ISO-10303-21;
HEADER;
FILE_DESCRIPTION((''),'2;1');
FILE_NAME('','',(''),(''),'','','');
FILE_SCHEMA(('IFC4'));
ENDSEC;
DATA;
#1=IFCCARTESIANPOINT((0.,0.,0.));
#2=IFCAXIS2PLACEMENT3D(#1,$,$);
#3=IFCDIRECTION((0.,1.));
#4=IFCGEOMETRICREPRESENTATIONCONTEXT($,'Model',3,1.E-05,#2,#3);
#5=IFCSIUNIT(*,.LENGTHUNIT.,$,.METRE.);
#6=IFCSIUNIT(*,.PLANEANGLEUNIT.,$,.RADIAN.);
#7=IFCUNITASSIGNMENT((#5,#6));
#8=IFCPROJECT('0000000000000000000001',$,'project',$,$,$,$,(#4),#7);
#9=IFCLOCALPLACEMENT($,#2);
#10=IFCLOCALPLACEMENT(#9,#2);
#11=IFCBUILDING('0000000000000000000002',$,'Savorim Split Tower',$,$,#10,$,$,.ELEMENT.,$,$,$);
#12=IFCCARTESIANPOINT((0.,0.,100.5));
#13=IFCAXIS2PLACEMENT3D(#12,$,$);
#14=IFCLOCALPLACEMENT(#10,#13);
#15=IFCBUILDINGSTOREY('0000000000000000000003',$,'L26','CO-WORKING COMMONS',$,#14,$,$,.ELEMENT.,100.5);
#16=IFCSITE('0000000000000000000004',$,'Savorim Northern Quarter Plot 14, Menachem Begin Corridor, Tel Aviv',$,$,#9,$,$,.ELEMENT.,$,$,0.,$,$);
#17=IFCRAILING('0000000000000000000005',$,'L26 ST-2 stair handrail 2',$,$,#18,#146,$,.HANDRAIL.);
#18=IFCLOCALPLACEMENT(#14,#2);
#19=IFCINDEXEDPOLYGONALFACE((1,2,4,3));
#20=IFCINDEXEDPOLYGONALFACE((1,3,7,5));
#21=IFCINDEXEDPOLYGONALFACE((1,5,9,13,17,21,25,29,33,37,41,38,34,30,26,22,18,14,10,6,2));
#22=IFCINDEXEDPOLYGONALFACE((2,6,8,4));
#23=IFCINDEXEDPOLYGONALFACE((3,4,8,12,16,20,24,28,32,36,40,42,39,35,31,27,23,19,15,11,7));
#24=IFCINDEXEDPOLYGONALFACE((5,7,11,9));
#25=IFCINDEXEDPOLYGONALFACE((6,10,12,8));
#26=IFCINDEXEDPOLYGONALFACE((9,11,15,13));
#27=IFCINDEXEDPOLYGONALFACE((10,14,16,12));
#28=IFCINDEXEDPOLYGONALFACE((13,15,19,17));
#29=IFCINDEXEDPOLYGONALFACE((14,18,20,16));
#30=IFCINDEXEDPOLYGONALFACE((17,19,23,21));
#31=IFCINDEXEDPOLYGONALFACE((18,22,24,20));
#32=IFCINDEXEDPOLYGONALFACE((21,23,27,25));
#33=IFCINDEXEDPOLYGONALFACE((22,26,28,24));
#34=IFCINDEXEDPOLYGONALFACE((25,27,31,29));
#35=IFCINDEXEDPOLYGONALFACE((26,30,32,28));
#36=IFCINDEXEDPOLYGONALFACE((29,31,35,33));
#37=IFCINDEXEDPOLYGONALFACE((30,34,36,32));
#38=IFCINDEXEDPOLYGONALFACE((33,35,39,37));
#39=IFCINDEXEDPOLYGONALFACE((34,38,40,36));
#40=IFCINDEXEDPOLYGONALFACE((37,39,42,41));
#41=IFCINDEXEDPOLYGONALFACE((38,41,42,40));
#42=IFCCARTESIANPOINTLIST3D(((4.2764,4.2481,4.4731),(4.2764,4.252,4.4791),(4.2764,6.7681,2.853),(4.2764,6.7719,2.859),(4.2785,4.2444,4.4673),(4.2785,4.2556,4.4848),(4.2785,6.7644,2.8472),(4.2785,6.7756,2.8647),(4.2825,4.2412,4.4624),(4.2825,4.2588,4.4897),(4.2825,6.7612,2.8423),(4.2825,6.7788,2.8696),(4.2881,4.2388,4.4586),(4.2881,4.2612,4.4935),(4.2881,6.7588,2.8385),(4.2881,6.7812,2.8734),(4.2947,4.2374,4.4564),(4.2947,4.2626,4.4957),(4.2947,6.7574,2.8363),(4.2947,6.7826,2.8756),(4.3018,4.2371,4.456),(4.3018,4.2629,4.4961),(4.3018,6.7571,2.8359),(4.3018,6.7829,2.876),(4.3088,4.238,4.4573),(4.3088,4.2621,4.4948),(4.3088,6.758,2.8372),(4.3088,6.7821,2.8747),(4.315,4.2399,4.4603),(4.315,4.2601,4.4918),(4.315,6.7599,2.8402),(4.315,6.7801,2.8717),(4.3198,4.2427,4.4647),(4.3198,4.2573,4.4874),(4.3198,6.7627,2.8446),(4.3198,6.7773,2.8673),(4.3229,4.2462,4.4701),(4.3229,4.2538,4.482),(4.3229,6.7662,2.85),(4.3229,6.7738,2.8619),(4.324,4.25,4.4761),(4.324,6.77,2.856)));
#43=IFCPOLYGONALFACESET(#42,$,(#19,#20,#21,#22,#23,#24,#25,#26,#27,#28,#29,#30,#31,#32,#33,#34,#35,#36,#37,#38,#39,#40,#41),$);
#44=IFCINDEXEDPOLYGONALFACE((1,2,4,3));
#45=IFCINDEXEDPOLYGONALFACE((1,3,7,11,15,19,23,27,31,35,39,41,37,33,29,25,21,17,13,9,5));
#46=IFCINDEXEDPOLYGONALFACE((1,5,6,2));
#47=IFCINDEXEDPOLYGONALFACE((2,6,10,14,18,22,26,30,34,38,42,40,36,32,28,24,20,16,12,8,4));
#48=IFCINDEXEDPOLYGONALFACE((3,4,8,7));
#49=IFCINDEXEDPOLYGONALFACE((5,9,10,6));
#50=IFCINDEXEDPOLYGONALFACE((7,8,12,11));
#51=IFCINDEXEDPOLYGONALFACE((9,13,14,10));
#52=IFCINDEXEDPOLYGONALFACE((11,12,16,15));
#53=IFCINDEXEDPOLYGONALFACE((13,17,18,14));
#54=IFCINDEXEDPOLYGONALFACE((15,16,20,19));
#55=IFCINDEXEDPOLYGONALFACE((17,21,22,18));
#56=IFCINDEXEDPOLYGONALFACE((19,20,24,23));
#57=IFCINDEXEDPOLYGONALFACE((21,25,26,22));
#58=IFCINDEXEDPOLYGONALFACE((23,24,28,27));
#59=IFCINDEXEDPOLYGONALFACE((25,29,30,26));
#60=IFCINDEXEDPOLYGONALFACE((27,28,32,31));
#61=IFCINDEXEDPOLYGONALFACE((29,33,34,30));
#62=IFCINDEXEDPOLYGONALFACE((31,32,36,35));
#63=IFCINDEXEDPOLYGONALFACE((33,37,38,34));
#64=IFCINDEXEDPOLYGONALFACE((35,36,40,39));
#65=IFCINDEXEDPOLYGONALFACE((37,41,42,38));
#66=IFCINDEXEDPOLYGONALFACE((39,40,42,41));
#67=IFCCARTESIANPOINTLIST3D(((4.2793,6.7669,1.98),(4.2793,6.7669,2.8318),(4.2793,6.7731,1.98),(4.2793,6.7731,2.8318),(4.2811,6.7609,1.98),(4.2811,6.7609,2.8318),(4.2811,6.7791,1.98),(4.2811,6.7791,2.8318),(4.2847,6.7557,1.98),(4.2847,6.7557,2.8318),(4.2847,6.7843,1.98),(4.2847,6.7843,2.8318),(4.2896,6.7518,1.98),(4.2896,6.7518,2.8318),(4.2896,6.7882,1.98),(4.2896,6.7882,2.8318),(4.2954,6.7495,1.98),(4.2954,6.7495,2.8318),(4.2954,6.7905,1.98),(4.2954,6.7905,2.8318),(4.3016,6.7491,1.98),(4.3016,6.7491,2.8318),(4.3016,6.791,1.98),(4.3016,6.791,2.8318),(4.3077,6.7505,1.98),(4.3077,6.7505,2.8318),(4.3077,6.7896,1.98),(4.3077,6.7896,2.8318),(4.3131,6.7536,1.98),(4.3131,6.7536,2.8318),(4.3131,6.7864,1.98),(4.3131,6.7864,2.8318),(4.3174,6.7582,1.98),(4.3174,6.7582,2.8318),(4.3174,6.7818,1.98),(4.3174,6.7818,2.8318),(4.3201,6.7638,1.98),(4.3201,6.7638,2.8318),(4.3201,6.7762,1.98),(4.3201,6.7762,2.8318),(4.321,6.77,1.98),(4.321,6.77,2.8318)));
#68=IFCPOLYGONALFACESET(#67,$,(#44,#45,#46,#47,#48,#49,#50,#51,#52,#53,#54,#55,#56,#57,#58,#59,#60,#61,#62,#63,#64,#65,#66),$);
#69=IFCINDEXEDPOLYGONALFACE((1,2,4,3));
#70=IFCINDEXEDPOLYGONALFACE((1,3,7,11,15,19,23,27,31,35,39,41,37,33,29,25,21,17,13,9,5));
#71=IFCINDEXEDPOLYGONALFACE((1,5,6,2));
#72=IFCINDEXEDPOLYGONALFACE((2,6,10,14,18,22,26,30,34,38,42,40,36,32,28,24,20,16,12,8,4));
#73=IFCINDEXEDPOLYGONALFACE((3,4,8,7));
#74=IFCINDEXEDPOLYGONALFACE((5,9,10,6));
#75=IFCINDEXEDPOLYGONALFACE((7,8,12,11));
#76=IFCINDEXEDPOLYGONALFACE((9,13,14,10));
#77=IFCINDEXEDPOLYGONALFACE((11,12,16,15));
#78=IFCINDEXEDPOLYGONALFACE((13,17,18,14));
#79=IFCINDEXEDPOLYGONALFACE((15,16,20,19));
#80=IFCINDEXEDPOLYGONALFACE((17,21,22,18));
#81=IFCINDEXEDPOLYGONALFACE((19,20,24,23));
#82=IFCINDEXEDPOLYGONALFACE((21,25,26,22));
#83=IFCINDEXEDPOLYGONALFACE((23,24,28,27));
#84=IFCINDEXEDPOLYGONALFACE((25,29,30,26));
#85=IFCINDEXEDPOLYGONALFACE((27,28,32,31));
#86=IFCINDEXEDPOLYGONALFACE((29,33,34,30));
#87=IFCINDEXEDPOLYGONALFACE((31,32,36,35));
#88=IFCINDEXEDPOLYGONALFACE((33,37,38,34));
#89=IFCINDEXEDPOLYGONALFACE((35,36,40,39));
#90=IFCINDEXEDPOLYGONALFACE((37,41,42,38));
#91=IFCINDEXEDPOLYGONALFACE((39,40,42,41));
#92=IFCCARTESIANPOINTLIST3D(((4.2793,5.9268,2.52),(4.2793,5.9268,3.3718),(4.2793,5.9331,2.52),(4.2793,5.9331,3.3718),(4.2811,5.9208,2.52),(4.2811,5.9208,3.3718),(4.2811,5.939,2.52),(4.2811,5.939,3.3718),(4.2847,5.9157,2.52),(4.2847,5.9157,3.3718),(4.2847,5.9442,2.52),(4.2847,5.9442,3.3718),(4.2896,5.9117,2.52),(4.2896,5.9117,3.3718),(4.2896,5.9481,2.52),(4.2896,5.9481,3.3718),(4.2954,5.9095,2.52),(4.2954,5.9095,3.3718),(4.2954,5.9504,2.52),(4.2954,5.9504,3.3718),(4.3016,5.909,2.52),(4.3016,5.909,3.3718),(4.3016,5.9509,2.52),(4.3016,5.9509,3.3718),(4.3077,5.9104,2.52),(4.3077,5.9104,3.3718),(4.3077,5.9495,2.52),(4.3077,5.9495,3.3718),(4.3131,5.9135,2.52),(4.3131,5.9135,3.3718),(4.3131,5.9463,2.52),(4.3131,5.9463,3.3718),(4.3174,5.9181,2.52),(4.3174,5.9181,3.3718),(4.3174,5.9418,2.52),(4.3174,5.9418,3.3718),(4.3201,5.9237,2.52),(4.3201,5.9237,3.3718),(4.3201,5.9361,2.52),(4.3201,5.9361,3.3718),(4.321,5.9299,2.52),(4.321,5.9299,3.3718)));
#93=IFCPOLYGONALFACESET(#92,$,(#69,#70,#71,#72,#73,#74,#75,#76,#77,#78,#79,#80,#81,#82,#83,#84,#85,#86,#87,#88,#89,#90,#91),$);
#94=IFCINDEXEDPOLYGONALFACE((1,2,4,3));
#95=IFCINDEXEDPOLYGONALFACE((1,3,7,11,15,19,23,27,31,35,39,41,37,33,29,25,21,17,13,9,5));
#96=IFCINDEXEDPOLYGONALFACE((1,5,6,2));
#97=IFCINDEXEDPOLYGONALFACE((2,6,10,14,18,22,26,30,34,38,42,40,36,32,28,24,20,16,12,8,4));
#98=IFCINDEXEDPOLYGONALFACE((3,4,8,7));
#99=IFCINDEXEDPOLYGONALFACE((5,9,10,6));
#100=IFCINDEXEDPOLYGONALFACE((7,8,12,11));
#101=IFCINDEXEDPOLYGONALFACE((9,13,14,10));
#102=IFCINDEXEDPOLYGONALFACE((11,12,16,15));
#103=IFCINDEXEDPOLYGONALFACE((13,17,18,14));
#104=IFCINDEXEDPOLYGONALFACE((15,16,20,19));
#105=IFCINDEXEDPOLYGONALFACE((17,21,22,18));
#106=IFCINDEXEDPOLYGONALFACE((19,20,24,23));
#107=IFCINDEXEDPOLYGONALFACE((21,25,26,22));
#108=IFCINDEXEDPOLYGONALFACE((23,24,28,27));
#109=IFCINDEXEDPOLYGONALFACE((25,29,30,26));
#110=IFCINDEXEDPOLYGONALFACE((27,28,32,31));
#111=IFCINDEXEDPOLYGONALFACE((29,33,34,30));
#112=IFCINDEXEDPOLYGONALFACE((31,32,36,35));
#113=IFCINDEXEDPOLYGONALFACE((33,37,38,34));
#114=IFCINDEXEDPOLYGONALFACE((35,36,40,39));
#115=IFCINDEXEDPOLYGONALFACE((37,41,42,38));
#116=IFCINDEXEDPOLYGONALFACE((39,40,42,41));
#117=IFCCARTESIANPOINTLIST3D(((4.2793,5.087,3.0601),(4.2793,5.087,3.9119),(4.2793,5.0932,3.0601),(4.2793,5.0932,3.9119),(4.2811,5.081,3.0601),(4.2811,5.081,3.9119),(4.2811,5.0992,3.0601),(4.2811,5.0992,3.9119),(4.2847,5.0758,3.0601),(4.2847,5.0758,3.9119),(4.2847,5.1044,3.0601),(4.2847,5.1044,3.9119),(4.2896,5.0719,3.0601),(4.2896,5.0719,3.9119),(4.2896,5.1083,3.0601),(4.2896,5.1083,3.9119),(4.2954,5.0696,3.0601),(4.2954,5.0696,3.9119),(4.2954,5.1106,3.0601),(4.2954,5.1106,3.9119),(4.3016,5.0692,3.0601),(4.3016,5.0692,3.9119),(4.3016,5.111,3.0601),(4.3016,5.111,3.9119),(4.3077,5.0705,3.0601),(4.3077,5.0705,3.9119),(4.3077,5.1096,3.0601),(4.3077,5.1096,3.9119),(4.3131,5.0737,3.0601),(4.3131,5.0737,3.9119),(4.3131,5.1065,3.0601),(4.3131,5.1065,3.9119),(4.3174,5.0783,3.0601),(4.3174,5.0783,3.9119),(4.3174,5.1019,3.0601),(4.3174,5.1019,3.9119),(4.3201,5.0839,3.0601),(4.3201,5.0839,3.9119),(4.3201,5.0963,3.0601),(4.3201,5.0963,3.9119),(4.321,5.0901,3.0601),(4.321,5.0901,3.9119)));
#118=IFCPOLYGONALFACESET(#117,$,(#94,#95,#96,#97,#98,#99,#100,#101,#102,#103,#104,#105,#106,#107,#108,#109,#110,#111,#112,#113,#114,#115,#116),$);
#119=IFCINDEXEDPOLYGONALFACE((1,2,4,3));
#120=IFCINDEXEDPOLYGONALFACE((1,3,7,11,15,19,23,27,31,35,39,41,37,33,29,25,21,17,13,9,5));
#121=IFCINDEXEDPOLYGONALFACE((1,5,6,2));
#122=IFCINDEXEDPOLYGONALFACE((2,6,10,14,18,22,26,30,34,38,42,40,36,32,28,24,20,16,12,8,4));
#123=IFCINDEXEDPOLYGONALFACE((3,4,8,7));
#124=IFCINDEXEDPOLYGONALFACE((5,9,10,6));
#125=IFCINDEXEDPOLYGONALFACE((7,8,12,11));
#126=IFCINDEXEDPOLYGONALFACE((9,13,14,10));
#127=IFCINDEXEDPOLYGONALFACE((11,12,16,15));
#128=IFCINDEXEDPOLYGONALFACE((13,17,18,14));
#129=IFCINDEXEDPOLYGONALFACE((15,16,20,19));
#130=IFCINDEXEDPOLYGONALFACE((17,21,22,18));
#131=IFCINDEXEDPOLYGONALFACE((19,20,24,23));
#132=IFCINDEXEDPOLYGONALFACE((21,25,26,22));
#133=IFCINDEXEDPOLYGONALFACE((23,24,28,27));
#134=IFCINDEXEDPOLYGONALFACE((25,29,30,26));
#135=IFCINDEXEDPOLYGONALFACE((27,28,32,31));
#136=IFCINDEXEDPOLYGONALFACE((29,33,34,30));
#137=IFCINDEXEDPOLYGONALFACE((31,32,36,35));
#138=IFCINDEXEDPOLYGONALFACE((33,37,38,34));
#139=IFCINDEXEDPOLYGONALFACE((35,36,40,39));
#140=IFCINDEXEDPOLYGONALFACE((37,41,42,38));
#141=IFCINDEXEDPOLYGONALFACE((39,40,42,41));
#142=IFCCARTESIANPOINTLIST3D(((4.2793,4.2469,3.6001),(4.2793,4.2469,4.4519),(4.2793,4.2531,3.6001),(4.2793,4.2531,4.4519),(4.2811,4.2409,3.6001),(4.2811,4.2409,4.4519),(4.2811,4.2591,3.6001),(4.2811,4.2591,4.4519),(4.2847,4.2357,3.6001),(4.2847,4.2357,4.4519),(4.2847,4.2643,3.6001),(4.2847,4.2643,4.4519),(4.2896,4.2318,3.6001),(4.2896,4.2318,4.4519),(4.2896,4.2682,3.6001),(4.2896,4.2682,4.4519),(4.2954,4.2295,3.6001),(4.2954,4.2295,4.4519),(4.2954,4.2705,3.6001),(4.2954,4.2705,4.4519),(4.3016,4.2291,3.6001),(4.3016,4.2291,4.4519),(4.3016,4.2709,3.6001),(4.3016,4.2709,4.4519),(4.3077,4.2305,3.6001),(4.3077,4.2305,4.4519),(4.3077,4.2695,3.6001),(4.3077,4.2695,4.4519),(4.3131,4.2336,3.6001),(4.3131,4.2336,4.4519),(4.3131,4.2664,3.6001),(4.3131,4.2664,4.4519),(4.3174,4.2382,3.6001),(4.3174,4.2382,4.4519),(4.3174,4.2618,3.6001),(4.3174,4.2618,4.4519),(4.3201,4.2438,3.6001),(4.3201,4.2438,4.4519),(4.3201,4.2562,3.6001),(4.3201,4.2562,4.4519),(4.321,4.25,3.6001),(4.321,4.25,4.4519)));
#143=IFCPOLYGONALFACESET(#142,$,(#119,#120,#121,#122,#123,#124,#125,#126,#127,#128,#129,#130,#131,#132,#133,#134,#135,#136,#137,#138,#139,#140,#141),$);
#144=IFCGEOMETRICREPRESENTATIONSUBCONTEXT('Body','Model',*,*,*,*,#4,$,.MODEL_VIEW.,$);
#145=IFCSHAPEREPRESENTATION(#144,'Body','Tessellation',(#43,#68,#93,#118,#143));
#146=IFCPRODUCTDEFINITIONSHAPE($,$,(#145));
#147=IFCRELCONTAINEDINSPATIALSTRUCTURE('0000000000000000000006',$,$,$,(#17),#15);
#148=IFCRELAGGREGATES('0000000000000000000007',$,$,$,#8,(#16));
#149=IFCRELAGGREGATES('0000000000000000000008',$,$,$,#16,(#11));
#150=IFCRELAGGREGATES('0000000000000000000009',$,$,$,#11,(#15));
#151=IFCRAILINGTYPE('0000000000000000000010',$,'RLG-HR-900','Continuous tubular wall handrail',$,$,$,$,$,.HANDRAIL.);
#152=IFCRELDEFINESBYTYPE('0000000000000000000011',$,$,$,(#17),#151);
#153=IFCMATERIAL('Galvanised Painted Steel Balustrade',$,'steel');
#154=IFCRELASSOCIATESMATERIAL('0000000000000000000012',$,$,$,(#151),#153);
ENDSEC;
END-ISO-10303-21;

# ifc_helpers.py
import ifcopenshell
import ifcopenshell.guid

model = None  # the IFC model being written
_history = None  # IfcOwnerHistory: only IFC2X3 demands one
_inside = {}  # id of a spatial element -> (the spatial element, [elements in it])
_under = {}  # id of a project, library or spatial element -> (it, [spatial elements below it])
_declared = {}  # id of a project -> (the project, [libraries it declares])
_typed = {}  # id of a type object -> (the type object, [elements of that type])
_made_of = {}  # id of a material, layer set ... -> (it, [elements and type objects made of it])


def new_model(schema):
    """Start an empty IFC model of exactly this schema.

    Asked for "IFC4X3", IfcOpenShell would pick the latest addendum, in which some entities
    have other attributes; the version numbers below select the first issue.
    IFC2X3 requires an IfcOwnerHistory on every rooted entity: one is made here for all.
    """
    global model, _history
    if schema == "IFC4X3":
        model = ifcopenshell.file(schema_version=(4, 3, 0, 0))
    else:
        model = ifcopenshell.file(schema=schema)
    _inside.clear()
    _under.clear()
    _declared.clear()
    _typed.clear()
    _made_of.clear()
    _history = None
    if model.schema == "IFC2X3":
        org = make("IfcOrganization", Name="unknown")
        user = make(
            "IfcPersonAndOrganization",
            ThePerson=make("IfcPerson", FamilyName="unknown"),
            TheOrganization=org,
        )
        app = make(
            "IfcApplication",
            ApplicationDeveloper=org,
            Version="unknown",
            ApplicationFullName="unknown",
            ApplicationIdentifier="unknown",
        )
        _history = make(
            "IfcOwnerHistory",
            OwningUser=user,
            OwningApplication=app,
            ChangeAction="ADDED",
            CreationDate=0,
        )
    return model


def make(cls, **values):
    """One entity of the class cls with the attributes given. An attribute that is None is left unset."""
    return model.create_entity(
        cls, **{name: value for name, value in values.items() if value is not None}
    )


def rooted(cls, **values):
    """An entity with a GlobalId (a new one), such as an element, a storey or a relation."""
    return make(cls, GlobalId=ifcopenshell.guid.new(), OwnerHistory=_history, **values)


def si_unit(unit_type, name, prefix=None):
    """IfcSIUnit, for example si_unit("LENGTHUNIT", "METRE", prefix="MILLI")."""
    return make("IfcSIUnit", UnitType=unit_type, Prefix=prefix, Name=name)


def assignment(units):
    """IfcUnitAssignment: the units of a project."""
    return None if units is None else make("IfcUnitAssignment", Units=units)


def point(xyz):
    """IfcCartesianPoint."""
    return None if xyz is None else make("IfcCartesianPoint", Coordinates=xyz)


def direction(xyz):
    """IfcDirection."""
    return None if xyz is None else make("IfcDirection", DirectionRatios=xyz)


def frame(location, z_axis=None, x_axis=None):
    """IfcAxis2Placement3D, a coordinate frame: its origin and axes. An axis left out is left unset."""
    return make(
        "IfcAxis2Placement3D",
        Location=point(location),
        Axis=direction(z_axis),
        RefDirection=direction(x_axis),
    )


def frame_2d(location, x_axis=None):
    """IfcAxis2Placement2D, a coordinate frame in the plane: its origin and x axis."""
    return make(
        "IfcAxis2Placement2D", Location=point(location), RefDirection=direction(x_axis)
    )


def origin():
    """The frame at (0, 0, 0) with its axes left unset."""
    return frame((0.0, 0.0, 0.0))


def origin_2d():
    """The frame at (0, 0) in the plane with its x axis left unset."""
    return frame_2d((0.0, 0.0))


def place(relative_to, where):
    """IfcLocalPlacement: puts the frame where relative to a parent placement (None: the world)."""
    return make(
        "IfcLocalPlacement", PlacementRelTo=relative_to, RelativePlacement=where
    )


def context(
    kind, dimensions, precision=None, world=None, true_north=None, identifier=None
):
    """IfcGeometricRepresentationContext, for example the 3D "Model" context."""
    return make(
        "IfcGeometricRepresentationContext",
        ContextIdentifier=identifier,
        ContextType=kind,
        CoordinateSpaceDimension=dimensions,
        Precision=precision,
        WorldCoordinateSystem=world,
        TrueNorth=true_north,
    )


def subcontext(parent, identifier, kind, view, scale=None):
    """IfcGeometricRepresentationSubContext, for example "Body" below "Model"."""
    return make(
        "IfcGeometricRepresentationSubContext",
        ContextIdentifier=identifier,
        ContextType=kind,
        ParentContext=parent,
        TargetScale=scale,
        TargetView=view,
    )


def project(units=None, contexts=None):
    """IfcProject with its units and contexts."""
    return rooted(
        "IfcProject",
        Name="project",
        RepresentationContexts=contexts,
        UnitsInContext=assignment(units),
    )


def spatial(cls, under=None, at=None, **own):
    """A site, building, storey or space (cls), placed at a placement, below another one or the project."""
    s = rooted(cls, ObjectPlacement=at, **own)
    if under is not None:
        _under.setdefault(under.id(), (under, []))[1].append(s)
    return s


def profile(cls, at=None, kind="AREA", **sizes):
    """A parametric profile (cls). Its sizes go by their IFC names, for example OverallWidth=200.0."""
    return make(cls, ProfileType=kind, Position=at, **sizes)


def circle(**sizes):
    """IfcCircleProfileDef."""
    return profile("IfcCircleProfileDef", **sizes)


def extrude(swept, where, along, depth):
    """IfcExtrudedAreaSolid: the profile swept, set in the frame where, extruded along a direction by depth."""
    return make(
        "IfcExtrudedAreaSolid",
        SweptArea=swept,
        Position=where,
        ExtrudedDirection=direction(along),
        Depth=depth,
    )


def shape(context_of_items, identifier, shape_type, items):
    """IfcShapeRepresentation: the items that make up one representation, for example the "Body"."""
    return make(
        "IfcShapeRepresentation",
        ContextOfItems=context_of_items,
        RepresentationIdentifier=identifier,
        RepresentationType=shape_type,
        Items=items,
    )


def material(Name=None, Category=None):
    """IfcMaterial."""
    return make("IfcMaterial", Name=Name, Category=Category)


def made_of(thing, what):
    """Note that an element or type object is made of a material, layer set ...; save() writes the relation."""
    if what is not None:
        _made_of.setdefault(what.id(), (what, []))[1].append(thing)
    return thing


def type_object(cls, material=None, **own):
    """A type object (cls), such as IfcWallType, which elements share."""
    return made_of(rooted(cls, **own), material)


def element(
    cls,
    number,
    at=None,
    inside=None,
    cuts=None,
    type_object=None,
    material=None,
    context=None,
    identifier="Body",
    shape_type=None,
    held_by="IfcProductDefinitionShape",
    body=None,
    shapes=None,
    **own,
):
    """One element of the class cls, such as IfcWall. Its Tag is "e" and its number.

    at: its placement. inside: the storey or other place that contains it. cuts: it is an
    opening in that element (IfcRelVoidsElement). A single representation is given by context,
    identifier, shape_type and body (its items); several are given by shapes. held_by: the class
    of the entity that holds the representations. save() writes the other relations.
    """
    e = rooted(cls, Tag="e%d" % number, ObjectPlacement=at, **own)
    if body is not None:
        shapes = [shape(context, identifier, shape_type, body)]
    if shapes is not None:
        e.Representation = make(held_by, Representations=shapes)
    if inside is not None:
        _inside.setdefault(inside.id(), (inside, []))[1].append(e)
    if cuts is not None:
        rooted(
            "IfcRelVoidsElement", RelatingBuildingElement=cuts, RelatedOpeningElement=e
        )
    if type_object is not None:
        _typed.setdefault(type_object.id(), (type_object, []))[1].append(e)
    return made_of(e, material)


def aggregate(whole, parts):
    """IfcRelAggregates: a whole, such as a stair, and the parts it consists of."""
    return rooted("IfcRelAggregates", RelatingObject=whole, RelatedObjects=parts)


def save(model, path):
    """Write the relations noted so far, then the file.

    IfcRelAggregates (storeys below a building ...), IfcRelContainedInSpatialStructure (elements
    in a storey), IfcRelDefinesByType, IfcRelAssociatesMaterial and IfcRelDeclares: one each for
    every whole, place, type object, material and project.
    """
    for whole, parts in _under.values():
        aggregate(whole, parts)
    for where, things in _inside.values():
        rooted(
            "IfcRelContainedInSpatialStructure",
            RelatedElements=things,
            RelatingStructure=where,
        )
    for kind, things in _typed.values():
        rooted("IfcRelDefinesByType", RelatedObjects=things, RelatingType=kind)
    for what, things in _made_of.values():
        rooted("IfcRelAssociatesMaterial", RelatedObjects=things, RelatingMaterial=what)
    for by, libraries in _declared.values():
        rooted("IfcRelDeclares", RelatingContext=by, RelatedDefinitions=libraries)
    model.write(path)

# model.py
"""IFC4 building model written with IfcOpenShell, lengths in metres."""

from ifc_helpers import new_model, si_unit, direction, frame, origin, origin_2d, place, context, subcontext, project, spatial, circle, extrude, material, type_object, element, save


model = new_model("IFC4")

# Units and contexts
model_context = context("Model", 3, precision=1e-05, world=origin(), true_north=direction((0.0, 1.0)))
body_context = subcontext(model_context, "Body", "Model", "MODEL_VIEW")
ifc_project = project(units=[si_unit("LENGTHUNIT", "METRE"), si_unit("PLANEANGLEUNIT", "RADIAN")], contexts=[model_context])

# Site, building, storey
site_placement = place(None, origin())
site = spatial("IfcSite", under=ifc_project, at=site_placement, Name="Savorim Northern Quarter Plot 14, Menachem Begin Corridor, Tel Aviv", CompositionType="ELEMENT", RefElevation=0.0)
building_placement = place(site_placement, origin())
building = spatial("IfcBuilding", under=site, at=building_placement, Name="Savorim Split Tower", CompositionType="ELEMENT")
storey_placement = place(building_placement, frame((0.0, 0.0, 100.5)))
storey = spatial("IfcBuildingStorey", under=building, at=storey_placement, Name="L26", Description="CO-WORKING COMMONS", CompositionType="ELEMENT", Elevation=100.5)

# Railing
ifc_material_1 = material(Name="Galvanised Painted Steel Balustrade", Category="steel")
railing_type_1 = type_object("IfcRailingType", Name="RLG-HR-900", Description="Continuous tubular wall handrail", PredefinedType="HANDRAIL", material=ifc_material_1)
railing_1_placement = place(storey_placement, frame((4.3, 6.77, 1.98)))
element("IfcRailing", 1, at=railing_1_placement, inside=storey, type_object=railing_type_1, Name="L26 ST-2 stair handrail 2", PredefinedType="HANDRAIL", context=body_context, shape_type="SweptSolid", body=[
    extrude(circle(Radius=0.0239, at=origin_2d()), frame((0.0, 0.0, 0.876), z_axis=(0.0, -0.841163, 0.540782), x_axis=(1.0, 0.0, 0.0)), (0.0, 0.0, 1.0), 2.9958),
    extrude(circle(Radius=0.021, at=origin_2d()), origin(), (0.0, 0.0, 1.0), 0.8518),
    extrude(circle(Radius=0.021, at=origin_2d()), frame((0.0, -0.8401, 0.54)), (0.0, 0.0, 1.0), 0.8518),
    extrude(circle(Radius=0.021, at=origin_2d()), frame((0.0, -1.6799, 1.0801)), (0.0, 0.0, 1.0), 0.8518),
    extrude(circle(Radius=0.021, at=origin_2d()), frame((0.0, -2.52, 1.6201)), (0.0, 0.0, 1.0), 0.8518),
])

save(model, "model.ifc")
